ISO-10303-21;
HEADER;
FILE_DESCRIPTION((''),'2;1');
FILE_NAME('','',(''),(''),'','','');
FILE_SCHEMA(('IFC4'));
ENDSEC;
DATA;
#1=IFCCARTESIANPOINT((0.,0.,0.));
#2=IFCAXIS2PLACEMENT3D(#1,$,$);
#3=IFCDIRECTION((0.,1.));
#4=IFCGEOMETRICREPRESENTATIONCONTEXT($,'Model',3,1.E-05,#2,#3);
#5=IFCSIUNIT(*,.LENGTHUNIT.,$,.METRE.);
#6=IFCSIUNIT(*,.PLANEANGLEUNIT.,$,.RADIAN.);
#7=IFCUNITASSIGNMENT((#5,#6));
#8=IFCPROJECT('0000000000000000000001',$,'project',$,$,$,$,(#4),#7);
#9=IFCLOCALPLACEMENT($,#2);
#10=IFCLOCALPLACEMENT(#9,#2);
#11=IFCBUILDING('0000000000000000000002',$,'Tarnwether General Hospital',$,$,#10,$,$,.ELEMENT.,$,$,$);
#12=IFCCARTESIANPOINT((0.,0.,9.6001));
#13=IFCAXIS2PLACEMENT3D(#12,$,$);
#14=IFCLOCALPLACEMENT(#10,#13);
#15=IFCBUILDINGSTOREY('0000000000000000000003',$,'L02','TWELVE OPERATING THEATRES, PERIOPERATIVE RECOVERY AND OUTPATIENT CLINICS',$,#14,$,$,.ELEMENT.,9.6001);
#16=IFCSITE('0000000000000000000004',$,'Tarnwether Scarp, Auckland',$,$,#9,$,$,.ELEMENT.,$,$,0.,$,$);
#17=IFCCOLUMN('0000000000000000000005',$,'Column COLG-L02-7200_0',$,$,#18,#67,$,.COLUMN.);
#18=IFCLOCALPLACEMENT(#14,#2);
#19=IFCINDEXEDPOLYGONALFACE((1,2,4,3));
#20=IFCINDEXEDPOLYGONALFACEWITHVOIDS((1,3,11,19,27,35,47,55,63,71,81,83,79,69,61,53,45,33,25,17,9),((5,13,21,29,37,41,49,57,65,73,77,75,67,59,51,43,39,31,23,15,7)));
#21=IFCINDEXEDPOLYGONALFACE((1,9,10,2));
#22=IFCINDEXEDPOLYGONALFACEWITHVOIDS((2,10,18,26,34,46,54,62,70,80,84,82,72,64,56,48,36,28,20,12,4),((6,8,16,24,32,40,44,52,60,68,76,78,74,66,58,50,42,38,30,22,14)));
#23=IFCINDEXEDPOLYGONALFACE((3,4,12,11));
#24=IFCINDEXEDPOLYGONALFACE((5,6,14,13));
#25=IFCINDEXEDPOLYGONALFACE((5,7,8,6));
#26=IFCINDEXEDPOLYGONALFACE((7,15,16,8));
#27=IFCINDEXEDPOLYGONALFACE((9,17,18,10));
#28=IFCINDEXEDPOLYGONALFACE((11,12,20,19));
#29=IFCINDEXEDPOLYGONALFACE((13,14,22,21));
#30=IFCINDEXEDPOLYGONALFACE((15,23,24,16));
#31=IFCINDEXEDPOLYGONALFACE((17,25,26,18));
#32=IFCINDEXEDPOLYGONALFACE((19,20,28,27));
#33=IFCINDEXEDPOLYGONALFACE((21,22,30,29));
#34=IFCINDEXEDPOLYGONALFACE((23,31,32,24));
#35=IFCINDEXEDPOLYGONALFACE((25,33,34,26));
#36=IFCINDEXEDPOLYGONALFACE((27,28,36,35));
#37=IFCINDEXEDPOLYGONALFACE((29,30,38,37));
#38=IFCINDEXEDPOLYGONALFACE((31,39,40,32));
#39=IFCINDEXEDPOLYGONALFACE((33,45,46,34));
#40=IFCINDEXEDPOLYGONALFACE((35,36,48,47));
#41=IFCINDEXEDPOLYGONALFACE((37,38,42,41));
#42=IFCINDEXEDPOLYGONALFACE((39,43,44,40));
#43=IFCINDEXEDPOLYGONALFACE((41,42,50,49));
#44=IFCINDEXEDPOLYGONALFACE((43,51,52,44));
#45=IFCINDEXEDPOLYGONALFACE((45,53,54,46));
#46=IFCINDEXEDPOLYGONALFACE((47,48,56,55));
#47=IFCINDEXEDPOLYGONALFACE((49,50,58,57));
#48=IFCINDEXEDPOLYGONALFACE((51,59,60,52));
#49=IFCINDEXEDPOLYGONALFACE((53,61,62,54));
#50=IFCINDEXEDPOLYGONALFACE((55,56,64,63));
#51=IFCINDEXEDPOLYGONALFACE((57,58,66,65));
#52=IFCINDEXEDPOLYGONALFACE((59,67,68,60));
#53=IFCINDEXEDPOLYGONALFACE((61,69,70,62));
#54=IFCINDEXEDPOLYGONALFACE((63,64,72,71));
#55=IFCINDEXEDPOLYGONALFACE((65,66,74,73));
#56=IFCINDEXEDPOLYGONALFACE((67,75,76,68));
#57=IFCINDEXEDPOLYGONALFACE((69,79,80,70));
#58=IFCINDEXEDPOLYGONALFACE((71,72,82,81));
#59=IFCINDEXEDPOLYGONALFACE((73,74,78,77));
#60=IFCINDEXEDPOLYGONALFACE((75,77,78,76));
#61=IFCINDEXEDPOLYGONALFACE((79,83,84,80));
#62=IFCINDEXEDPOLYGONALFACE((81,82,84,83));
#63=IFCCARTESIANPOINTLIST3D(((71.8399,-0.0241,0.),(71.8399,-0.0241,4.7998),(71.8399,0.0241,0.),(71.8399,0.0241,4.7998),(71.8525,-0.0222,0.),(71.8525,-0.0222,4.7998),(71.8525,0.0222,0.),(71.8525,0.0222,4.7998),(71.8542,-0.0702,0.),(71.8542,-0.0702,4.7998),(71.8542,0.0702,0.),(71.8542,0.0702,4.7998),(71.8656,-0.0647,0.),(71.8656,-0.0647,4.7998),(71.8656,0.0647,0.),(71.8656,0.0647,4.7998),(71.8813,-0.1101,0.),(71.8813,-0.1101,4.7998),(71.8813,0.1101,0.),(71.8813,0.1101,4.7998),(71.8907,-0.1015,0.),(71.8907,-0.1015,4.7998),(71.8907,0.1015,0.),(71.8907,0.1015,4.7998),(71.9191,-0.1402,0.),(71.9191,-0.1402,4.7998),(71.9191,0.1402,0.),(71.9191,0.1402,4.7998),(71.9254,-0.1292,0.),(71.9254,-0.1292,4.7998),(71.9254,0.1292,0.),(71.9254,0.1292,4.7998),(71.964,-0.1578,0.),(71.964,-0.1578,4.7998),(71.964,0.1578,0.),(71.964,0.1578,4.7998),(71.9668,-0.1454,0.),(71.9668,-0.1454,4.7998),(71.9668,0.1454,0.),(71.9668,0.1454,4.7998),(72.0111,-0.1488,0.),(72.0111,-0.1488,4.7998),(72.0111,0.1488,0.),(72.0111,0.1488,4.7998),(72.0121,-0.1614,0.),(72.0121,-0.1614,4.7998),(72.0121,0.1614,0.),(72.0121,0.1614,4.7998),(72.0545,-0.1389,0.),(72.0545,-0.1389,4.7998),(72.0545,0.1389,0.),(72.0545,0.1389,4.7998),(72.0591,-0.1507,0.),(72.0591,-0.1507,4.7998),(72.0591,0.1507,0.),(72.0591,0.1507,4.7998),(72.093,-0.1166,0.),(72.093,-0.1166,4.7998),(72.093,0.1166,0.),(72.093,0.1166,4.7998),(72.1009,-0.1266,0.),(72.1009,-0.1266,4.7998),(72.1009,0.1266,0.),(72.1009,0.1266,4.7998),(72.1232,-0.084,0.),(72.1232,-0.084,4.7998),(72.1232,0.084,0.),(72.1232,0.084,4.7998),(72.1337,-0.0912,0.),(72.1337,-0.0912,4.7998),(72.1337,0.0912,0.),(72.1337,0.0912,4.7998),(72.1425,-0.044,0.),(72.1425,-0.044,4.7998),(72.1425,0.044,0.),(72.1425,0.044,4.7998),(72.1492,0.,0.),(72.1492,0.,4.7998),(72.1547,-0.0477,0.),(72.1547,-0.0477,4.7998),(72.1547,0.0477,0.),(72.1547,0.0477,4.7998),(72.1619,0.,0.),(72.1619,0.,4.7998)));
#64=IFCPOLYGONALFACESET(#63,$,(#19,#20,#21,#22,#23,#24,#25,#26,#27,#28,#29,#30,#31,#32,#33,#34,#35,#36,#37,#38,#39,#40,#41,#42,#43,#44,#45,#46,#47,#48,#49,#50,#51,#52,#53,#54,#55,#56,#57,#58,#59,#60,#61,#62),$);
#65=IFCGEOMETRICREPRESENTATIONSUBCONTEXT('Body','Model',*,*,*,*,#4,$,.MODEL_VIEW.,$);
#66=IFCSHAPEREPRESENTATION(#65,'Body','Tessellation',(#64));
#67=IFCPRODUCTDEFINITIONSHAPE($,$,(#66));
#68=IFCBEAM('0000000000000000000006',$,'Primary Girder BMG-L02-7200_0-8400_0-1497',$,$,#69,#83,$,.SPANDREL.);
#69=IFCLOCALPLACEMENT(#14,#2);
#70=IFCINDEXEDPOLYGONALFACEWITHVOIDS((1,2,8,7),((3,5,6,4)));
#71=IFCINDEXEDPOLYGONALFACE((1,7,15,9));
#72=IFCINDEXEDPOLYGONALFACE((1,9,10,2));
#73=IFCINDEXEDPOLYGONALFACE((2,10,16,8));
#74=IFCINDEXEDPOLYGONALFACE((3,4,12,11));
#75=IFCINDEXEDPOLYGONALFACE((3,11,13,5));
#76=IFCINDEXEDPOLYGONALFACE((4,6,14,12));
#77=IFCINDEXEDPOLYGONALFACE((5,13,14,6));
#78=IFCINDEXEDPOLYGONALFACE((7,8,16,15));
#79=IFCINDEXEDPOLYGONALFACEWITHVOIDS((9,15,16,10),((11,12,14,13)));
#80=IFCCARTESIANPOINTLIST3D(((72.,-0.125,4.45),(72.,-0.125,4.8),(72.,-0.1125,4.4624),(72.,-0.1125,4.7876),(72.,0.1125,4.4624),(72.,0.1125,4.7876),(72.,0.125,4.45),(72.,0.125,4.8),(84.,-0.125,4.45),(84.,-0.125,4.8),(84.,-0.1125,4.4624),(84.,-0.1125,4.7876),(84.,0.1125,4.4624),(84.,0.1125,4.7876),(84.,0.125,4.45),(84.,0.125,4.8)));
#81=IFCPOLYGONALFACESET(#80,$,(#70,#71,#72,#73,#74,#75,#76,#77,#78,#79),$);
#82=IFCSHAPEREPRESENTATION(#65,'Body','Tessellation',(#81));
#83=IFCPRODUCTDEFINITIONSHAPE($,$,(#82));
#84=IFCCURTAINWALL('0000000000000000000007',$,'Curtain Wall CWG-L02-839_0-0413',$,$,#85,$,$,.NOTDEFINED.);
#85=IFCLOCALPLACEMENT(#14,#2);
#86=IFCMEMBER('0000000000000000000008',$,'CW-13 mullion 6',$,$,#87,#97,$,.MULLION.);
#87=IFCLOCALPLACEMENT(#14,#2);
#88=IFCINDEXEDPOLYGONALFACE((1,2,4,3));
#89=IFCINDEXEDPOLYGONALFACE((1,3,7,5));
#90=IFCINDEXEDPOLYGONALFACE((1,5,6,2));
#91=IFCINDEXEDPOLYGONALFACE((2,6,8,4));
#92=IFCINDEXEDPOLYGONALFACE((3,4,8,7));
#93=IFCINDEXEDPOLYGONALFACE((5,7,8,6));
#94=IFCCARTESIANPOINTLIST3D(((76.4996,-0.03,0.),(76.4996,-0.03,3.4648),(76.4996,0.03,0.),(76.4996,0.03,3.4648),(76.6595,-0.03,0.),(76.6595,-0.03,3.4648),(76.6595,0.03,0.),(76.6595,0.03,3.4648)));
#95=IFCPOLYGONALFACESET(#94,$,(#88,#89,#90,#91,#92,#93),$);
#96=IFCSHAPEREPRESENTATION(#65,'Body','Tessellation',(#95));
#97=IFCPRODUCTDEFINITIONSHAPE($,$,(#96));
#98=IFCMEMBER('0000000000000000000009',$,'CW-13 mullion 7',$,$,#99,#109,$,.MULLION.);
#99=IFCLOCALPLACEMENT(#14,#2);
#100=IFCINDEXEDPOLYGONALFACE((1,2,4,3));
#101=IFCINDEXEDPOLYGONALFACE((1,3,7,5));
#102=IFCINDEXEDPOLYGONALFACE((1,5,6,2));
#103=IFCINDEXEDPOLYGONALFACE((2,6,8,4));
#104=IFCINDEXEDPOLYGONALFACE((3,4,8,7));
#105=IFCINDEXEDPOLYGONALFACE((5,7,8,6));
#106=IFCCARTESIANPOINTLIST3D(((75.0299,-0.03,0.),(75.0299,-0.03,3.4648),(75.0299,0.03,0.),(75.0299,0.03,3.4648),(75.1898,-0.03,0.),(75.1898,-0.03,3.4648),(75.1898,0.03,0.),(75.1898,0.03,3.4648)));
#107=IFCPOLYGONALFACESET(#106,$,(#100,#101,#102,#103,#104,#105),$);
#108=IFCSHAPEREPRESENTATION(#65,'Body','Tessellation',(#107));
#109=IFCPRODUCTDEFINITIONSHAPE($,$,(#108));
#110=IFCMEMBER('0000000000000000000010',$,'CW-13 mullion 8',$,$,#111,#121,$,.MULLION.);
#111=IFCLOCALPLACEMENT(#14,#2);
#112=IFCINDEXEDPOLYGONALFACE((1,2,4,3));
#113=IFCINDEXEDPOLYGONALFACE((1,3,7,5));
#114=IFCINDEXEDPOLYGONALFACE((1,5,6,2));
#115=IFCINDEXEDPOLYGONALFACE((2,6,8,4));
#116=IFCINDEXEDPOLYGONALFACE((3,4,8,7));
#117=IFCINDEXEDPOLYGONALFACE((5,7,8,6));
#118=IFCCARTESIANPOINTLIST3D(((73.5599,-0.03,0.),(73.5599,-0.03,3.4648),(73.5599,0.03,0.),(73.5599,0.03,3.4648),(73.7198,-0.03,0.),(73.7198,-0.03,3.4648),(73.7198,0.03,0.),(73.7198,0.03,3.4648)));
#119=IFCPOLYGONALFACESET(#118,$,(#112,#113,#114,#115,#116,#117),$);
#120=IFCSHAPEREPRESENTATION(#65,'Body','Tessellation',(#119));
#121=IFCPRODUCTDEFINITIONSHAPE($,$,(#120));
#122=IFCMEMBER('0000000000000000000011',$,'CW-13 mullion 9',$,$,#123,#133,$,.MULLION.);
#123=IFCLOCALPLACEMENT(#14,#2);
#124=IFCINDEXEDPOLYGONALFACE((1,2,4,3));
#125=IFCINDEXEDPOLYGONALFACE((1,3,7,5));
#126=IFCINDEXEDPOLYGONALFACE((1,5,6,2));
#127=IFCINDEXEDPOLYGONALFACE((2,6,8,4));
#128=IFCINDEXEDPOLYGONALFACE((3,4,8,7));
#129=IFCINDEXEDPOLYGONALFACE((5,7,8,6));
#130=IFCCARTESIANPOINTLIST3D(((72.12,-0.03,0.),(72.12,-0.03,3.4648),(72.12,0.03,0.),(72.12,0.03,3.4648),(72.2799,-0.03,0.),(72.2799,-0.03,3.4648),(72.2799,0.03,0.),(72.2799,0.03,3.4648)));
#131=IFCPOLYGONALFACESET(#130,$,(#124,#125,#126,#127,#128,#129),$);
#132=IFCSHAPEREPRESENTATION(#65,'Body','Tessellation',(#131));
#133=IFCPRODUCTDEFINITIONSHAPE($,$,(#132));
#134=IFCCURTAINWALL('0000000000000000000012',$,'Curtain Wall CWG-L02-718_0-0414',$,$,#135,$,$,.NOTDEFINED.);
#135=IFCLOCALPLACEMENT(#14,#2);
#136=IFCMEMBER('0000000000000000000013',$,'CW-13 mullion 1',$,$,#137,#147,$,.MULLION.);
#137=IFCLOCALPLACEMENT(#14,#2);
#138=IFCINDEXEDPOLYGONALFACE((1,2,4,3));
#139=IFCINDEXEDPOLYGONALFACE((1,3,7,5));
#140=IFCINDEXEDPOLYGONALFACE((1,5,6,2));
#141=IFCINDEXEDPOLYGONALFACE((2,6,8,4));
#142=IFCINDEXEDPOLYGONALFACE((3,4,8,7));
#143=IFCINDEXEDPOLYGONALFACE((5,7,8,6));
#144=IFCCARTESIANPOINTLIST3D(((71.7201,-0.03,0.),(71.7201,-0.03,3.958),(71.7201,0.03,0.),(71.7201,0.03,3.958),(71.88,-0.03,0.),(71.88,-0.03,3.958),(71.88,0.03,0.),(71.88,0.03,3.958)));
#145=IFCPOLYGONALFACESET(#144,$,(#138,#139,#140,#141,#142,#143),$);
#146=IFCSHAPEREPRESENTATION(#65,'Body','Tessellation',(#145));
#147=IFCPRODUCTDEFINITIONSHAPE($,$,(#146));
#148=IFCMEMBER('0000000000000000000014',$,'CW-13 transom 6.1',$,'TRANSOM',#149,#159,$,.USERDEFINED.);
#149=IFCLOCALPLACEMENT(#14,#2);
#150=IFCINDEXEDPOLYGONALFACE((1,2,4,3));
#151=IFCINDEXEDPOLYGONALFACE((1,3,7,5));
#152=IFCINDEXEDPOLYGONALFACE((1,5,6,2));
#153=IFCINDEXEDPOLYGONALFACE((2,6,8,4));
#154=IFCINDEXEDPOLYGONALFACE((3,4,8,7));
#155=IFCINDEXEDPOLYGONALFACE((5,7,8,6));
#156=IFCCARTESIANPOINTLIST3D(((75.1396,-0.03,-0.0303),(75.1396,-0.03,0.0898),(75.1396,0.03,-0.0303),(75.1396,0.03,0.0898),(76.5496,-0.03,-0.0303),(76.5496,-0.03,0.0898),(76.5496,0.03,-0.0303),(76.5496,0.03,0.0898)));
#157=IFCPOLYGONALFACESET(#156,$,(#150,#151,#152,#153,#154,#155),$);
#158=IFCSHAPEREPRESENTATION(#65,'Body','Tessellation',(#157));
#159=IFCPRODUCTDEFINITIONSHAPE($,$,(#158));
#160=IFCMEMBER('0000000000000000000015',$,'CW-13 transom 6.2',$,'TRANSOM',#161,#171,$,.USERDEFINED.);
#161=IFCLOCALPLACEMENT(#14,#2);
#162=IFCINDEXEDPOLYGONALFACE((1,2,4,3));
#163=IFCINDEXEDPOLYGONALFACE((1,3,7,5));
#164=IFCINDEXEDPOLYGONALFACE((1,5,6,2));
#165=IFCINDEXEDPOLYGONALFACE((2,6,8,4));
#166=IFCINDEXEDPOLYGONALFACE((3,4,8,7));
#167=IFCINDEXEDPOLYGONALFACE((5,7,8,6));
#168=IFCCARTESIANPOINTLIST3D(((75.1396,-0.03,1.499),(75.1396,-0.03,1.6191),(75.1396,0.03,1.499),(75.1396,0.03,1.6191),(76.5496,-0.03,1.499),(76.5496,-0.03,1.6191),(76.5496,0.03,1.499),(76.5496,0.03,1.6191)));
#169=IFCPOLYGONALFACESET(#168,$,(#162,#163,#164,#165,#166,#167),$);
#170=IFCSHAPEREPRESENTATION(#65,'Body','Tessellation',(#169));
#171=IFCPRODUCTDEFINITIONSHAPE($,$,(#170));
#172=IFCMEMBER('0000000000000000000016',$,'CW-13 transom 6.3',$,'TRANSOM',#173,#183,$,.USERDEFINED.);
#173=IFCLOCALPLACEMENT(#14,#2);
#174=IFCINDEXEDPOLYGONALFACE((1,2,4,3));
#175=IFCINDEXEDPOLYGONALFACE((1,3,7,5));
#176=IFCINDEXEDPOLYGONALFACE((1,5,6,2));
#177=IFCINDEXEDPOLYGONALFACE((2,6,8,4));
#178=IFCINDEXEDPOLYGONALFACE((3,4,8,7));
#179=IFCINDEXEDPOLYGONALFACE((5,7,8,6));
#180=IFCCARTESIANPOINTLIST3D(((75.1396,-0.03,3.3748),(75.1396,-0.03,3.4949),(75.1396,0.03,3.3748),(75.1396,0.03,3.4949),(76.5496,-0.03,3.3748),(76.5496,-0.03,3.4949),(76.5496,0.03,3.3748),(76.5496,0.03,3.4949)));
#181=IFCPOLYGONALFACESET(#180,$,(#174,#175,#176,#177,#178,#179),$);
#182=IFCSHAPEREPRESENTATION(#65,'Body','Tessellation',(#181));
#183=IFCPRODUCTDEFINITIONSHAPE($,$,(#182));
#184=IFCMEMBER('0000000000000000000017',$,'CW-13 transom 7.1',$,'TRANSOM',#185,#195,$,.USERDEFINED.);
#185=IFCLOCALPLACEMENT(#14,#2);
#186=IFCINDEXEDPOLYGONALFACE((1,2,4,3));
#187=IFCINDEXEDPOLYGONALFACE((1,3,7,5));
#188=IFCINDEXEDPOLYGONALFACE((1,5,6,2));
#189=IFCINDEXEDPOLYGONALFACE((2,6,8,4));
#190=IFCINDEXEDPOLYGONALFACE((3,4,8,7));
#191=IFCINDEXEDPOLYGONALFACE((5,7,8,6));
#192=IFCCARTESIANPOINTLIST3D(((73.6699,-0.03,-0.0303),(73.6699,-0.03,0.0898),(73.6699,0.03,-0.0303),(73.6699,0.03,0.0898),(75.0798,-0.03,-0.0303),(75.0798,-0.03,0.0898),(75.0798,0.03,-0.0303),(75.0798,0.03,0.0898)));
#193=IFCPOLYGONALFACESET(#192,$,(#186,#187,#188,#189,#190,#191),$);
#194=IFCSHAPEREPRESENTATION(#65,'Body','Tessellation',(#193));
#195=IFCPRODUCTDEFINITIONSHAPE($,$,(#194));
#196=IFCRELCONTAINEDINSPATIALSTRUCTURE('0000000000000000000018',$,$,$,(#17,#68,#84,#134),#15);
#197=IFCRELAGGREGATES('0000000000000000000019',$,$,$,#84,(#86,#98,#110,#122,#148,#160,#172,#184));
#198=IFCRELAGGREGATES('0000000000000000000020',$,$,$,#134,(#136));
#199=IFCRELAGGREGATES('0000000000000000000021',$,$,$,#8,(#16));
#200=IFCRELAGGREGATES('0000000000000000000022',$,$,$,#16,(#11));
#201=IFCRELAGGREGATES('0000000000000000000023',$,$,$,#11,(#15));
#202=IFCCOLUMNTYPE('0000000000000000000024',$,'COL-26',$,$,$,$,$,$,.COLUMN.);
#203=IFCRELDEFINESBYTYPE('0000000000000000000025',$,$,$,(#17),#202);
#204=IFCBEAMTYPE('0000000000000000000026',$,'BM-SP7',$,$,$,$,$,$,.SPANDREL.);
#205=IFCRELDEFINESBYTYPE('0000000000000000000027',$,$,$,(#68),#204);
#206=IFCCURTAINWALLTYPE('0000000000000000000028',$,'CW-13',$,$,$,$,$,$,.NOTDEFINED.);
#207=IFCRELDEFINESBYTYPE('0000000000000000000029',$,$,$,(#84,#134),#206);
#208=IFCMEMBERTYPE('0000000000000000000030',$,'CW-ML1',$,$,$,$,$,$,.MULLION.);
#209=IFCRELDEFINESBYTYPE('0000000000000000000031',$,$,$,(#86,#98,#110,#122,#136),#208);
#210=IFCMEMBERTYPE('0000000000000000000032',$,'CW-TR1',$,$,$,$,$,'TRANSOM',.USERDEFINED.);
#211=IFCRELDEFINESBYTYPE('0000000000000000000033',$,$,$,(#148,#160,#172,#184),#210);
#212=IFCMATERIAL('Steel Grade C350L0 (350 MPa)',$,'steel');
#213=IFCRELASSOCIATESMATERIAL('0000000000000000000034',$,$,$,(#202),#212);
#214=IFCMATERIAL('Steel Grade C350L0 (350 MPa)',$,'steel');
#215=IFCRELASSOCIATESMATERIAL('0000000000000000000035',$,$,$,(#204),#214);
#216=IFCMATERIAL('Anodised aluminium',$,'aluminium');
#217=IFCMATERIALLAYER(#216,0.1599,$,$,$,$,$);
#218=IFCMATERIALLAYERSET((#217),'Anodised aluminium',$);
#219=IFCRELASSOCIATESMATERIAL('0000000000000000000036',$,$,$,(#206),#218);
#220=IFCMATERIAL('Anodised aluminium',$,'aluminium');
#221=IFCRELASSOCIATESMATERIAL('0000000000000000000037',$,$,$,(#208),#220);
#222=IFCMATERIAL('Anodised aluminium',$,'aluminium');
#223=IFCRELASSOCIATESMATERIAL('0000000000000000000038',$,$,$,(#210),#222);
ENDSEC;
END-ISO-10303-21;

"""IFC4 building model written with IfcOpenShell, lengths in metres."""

from ifc_helpers import new_model, si_unit, direction, frame, origin, origin_2d, place, context, subcontext, project, spatial, rectangle, hollow_rectangle, hollow_circle, extrude, material, layer, layer_set, material_profile, profile_set, type_object, element, aggregate, save


model = new_model("IFC4")

# Units and contexts
model_context = context("Model", 3, precision=1e-05, world=origin(), true_north=direction((0.0, 1.0)))
body_context = subcontext(model_context, "Body", "Model", "MODEL_VIEW")
ifc_project = project(units=[si_unit("LENGTHUNIT", "METRE"), si_unit("PLANEANGLEUNIT", "RADIAN")], contexts=[model_context])

# Site, building, storey
site_placement = place(None, origin())
site = spatial("IfcSite", under=ifc_project, at=site_placement, Name="Tarnwether Scarp, Auckland", CompositionType="ELEMENT", RefElevation=0.0)
building_placement = place(site_placement, origin())
building = spatial("IfcBuilding", under=site, at=building_placement, Name="Tarnwether General Hospital", CompositionType="ELEMENT")
storey_placement = place(building_placement, frame((0.0, 0.0, 9.6001)))
storey = spatial("IfcBuildingStorey", under=building, at=storey_placement, Name="L02", Description="TWELVE OPERATING THEATRES, PERIOPERATIVE RECOVERY AND OUTPATIENT CLINICS", CompositionType="ELEMENT", Elevation=9.6001)

# Column
ifc_material_1 = material(Name="Steel Grade C350L0 (350 MPa)", Category="steel")
ifc_material_profile_1 = material_profile(ifc_material_1, hollow_circle(Radius=0.1619, WallThickness=0.0127, at=origin_2d()), Name="CHS323.9x12.7")
ifc_profile_set_1 = profile_set([ifc_material_profile_1], Name="Steel Grade C350L0 (350 MPa)")
column_type = type_object("IfcColumnType", Name="COL-26", PredefinedType="COLUMN", material=ifc_profile_set_1)
column_placement = place(storey_placement, frame((72.0, 0.0, 0.0), z_axis=(0.0, 0.0, 1.0), x_axis=(1.0, 0.0, 0.0)))
element("IfcColumn", 1, at=column_placement, inside=storey, type_object=column_type, Name="Column COLG-L02-7200_0", PredefinedType="COLUMN", context=body_context, shape_type="SweptSolid", body=[
    extrude(hollow_circle(Radius=0.1619, WallThickness=0.0127, at=origin_2d()), origin(), (0.0, 0.0, 1.0), 4.7998),
])

# Beam
ifc_material_2 = material(Name="Steel Grade C350L0 (350 MPa)", Category="steel")
ifc_material_profile_2 = material_profile(ifc_material_2, hollow_rectangle(XDim=0.25, YDim=0.3501, WallThickness=0.0125, at=origin_2d()), Name="RHS350x250x12.5")
ifc_profile_set_2 = profile_set([ifc_material_profile_2], Name="Steel Grade C350L0 (350 MPa)")
beam_type = type_object("IfcBeamType", Name="BM-SP7", PredefinedType="SPANDREL", material=ifc_profile_set_2)
beam_placement = place(storey_placement, frame((72.0, 0.0, 4.625), z_axis=(1.0, 0.0, 0.0), x_axis=(0.0, 1.0, 0.0)))
element("IfcBeam", 2, at=beam_placement, inside=storey, type_object=beam_type, Name="Primary Girder BMG-L02-7200_0-8400_0-1497", PredefinedType="SPANDREL", context=body_context, shape_type="SweptSolid", body=[
    extrude(hollow_rectangle(XDim=0.25, YDim=0.3501, WallThickness=0.0125, at=origin_2d()), origin(), (0.0, 0.0, 1.0), 12.0),
])

# Curtain wall, members
ifc_material_3 = material(Name="Anodised aluminium", Category="aluminium")
ifc_layer_1 = layer(ifc_material_3, 0.1599)
ifc_layer_set_1 = layer_set([ifc_layer_1], Name="Anodised aluminium")
curtain_wall_type = type_object("IfcCurtainWallType", Name="CW-13", PredefinedType="NOTDEFINED", material=ifc_layer_set_1)
curtain_wall_1_placement = place(storey_placement, origin())
curtain_wall_1 = element("IfcCurtainWall", 3, at=curtain_wall_1_placement, inside=storey, type_object=curtain_wall_type, Name="Curtain Wall CWG-L02-839_0-0413", PredefinedType="NOTDEFINED")
ifc_material_4 = material(Name="Anodised aluminium", Category="aluminium")
ifc_material_profile_3 = material_profile(ifc_material_4, rectangle(XDim=0.0601, YDim=0.1599, at=origin_2d()), Name="ALU-MUL-60x160")
ifc_profile_set_3 = profile_set([ifc_material_profile_3], Name="Anodised aluminium")
member_type_1 = type_object("IfcMemberType", Name="CW-ML1", PredefinedType="MULLION", material=ifc_profile_set_3)
member_1_placement = place(storey_placement, frame((76.5796, 0.0, 0.0), z_axis=(0.0, 0.0, 1.0), x_axis=(0.0, -1.0, 0.0)))
member_1 = element("IfcMember", 4, at=member_1_placement, type_object=member_type_1, Name="CW-13 mullion 6", PredefinedType="MULLION", context=body_context, shape_type="SweptSolid", body=[
    extrude(rectangle(XDim=0.0601, YDim=0.1599, at=origin_2d()), origin(), (0.0, 0.0, 1.0), 3.4648),
])
member_2_placement = place(storey_placement, frame((75.1099, 0.0, 0.0), z_axis=(0.0, 0.0, 1.0), x_axis=(0.0, -1.0, 0.0)))
member_2 = element("IfcMember", 5, at=member_2_placement, type_object=member_type_1, Name="CW-13 mullion 7", PredefinedType="MULLION", context=body_context, shape_type="SweptSolid", body=[
    extrude(rectangle(XDim=0.0601, YDim=0.1599, at=origin_2d()), origin(), (0.0, 0.0, 1.0), 3.4648),
])
member_3_placement = place(storey_placement, frame((73.6399, 0.0, 0.0), z_axis=(0.0, 0.0, 1.0), x_axis=(0.0, -1.0, 0.0)))
member_3 = element("IfcMember", 6, at=member_3_placement, type_object=member_type_1, Name="CW-13 mullion 8", PredefinedType="MULLION", context=body_context, shape_type="SweptSolid", body=[
    extrude(rectangle(XDim=0.0601, YDim=0.1599, at=origin_2d()), origin(), (0.0, 0.0, 1.0), 3.4648),
])
member_4_placement = place(storey_placement, frame((72.2, 0.0, 0.0), z_axis=(0.0, 0.0, 1.0), x_axis=(0.0, -1.0, 0.0)))
member_4 = element("IfcMember", 7, at=member_4_placement, type_object=member_type_1, Name="CW-13 mullion 9", PredefinedType="MULLION", context=body_context, shape_type="SweptSolid", body=[
    extrude(rectangle(XDim=0.0601, YDim=0.1599, at=origin_2d()), origin(), (0.0, 0.0, 1.0), 3.4648),
])

# Curtain wall, member
curtain_wall_2_placement = place(storey_placement, origin())
curtain_wall_2 = element("IfcCurtainWall", 8, at=curtain_wall_2_placement, inside=storey, type_object=curtain_wall_type, Name="Curtain Wall CWG-L02-718_0-0414", PredefinedType="NOTDEFINED")
member_5_placement = place(storey_placement, frame((71.8, 0.0, 0.0), z_axis=(0.0, 0.0, 1.0), x_axis=(0.0, -1.0, 0.0)))
member_5 = element("IfcMember", 9, at=member_5_placement, type_object=member_type_1, Name="CW-13 mullion 1", PredefinedType="MULLION", context=body_context, shape_type="SweptSolid", body=[
    extrude(rectangle(XDim=0.0601, YDim=0.1599, at=origin_2d()), origin(), (0.0, 0.0, 1.0), 3.958),
])

# Members
ifc_material_5 = material(Name="Anodised aluminium", Category="aluminium")
ifc_material_profile_4 = material_profile(ifc_material_5, rectangle(XDim=0.0601, YDim=0.1201, at=origin_2d()), Name="ALU-TRN-60x120")
ifc_profile_set_4 = profile_set([ifc_material_profile_4], Name="Anodised aluminium")
member_type_2 = type_object("IfcMemberType", Name="CW-TR1", ElementType="TRANSOM", PredefinedType="USERDEFINED", material=ifc_profile_set_4)
member_6_placement = place(storey_placement, frame((76.5496, 0.0, 0.0298), z_axis=(-1.0, 0.0, 0.0), x_axis=(0.0, -1.0, 0.0)))
member_6 = element("IfcMember", 10, at=member_6_placement, type_object=member_type_2, Name="CW-13 transom 6.1", ObjectType="TRANSOM", PredefinedType="USERDEFINED", context=body_context, shape_type="SweptSolid", body=[
    extrude(rectangle(XDim=0.0601, YDim=0.1201, at=origin_2d()), origin(), (0.0, 0.0, 1.0), 1.4099),
])
member_7_placement = place(storey_placement, frame((76.5496, 0.0, 1.5591), z_axis=(-1.0, 0.0, 0.0), x_axis=(0.0, -1.0, 0.0)))
member_7 = element("IfcMember", 11, at=member_7_placement, type_object=member_type_2, Name="CW-13 transom 6.2", ObjectType="TRANSOM", PredefinedType="USERDEFINED", context=body_context, shape_type="SweptSolid", body=[
    extrude(rectangle(XDim=0.0601, YDim=0.1201, at=origin_2d()), origin(), (0.0, 0.0, 1.0), 1.4099),
])
member_8_placement = place(storey_placement, frame((76.5496, 0.0, 3.4348), z_axis=(-1.0, 0.0, 0.0), x_axis=(0.0, -1.0, 0.0)))
member_8 = element("IfcMember", 12, at=member_8_placement, type_object=member_type_2, Name="CW-13 transom 6.3", ObjectType="TRANSOM", PredefinedType="USERDEFINED", context=body_context, shape_type="SweptSolid", body=[
    extrude(rectangle(XDim=0.0601, YDim=0.1201, at=origin_2d()), origin(), (0.0, 0.0, 1.0), 1.4099),
])
member_9_placement = place(storey_placement, frame((75.0798, 0.0, 0.0298), z_axis=(-1.0, 0.0, 0.0), x_axis=(0.0, -1.0, 0.0)))
member_9 = element("IfcMember", 13, at=member_9_placement, type_object=member_type_2, Name="CW-13 transom 7.1", ObjectType="TRANSOM", PredefinedType="USERDEFINED", context=body_context, shape_type="SweptSolid", body=[
    extrude(rectangle(XDim=0.0601, YDim=0.1201, at=origin_2d()), origin(), (0.0, 0.0, 1.0), 1.4099),
])

aggregate(curtain_wall_1, [member_1, member_2, member_3, member_4, member_6, member_7, member_8, member_9])
aggregate(curtain_wall_2, [member_5])

save(model, "model.ifc")
